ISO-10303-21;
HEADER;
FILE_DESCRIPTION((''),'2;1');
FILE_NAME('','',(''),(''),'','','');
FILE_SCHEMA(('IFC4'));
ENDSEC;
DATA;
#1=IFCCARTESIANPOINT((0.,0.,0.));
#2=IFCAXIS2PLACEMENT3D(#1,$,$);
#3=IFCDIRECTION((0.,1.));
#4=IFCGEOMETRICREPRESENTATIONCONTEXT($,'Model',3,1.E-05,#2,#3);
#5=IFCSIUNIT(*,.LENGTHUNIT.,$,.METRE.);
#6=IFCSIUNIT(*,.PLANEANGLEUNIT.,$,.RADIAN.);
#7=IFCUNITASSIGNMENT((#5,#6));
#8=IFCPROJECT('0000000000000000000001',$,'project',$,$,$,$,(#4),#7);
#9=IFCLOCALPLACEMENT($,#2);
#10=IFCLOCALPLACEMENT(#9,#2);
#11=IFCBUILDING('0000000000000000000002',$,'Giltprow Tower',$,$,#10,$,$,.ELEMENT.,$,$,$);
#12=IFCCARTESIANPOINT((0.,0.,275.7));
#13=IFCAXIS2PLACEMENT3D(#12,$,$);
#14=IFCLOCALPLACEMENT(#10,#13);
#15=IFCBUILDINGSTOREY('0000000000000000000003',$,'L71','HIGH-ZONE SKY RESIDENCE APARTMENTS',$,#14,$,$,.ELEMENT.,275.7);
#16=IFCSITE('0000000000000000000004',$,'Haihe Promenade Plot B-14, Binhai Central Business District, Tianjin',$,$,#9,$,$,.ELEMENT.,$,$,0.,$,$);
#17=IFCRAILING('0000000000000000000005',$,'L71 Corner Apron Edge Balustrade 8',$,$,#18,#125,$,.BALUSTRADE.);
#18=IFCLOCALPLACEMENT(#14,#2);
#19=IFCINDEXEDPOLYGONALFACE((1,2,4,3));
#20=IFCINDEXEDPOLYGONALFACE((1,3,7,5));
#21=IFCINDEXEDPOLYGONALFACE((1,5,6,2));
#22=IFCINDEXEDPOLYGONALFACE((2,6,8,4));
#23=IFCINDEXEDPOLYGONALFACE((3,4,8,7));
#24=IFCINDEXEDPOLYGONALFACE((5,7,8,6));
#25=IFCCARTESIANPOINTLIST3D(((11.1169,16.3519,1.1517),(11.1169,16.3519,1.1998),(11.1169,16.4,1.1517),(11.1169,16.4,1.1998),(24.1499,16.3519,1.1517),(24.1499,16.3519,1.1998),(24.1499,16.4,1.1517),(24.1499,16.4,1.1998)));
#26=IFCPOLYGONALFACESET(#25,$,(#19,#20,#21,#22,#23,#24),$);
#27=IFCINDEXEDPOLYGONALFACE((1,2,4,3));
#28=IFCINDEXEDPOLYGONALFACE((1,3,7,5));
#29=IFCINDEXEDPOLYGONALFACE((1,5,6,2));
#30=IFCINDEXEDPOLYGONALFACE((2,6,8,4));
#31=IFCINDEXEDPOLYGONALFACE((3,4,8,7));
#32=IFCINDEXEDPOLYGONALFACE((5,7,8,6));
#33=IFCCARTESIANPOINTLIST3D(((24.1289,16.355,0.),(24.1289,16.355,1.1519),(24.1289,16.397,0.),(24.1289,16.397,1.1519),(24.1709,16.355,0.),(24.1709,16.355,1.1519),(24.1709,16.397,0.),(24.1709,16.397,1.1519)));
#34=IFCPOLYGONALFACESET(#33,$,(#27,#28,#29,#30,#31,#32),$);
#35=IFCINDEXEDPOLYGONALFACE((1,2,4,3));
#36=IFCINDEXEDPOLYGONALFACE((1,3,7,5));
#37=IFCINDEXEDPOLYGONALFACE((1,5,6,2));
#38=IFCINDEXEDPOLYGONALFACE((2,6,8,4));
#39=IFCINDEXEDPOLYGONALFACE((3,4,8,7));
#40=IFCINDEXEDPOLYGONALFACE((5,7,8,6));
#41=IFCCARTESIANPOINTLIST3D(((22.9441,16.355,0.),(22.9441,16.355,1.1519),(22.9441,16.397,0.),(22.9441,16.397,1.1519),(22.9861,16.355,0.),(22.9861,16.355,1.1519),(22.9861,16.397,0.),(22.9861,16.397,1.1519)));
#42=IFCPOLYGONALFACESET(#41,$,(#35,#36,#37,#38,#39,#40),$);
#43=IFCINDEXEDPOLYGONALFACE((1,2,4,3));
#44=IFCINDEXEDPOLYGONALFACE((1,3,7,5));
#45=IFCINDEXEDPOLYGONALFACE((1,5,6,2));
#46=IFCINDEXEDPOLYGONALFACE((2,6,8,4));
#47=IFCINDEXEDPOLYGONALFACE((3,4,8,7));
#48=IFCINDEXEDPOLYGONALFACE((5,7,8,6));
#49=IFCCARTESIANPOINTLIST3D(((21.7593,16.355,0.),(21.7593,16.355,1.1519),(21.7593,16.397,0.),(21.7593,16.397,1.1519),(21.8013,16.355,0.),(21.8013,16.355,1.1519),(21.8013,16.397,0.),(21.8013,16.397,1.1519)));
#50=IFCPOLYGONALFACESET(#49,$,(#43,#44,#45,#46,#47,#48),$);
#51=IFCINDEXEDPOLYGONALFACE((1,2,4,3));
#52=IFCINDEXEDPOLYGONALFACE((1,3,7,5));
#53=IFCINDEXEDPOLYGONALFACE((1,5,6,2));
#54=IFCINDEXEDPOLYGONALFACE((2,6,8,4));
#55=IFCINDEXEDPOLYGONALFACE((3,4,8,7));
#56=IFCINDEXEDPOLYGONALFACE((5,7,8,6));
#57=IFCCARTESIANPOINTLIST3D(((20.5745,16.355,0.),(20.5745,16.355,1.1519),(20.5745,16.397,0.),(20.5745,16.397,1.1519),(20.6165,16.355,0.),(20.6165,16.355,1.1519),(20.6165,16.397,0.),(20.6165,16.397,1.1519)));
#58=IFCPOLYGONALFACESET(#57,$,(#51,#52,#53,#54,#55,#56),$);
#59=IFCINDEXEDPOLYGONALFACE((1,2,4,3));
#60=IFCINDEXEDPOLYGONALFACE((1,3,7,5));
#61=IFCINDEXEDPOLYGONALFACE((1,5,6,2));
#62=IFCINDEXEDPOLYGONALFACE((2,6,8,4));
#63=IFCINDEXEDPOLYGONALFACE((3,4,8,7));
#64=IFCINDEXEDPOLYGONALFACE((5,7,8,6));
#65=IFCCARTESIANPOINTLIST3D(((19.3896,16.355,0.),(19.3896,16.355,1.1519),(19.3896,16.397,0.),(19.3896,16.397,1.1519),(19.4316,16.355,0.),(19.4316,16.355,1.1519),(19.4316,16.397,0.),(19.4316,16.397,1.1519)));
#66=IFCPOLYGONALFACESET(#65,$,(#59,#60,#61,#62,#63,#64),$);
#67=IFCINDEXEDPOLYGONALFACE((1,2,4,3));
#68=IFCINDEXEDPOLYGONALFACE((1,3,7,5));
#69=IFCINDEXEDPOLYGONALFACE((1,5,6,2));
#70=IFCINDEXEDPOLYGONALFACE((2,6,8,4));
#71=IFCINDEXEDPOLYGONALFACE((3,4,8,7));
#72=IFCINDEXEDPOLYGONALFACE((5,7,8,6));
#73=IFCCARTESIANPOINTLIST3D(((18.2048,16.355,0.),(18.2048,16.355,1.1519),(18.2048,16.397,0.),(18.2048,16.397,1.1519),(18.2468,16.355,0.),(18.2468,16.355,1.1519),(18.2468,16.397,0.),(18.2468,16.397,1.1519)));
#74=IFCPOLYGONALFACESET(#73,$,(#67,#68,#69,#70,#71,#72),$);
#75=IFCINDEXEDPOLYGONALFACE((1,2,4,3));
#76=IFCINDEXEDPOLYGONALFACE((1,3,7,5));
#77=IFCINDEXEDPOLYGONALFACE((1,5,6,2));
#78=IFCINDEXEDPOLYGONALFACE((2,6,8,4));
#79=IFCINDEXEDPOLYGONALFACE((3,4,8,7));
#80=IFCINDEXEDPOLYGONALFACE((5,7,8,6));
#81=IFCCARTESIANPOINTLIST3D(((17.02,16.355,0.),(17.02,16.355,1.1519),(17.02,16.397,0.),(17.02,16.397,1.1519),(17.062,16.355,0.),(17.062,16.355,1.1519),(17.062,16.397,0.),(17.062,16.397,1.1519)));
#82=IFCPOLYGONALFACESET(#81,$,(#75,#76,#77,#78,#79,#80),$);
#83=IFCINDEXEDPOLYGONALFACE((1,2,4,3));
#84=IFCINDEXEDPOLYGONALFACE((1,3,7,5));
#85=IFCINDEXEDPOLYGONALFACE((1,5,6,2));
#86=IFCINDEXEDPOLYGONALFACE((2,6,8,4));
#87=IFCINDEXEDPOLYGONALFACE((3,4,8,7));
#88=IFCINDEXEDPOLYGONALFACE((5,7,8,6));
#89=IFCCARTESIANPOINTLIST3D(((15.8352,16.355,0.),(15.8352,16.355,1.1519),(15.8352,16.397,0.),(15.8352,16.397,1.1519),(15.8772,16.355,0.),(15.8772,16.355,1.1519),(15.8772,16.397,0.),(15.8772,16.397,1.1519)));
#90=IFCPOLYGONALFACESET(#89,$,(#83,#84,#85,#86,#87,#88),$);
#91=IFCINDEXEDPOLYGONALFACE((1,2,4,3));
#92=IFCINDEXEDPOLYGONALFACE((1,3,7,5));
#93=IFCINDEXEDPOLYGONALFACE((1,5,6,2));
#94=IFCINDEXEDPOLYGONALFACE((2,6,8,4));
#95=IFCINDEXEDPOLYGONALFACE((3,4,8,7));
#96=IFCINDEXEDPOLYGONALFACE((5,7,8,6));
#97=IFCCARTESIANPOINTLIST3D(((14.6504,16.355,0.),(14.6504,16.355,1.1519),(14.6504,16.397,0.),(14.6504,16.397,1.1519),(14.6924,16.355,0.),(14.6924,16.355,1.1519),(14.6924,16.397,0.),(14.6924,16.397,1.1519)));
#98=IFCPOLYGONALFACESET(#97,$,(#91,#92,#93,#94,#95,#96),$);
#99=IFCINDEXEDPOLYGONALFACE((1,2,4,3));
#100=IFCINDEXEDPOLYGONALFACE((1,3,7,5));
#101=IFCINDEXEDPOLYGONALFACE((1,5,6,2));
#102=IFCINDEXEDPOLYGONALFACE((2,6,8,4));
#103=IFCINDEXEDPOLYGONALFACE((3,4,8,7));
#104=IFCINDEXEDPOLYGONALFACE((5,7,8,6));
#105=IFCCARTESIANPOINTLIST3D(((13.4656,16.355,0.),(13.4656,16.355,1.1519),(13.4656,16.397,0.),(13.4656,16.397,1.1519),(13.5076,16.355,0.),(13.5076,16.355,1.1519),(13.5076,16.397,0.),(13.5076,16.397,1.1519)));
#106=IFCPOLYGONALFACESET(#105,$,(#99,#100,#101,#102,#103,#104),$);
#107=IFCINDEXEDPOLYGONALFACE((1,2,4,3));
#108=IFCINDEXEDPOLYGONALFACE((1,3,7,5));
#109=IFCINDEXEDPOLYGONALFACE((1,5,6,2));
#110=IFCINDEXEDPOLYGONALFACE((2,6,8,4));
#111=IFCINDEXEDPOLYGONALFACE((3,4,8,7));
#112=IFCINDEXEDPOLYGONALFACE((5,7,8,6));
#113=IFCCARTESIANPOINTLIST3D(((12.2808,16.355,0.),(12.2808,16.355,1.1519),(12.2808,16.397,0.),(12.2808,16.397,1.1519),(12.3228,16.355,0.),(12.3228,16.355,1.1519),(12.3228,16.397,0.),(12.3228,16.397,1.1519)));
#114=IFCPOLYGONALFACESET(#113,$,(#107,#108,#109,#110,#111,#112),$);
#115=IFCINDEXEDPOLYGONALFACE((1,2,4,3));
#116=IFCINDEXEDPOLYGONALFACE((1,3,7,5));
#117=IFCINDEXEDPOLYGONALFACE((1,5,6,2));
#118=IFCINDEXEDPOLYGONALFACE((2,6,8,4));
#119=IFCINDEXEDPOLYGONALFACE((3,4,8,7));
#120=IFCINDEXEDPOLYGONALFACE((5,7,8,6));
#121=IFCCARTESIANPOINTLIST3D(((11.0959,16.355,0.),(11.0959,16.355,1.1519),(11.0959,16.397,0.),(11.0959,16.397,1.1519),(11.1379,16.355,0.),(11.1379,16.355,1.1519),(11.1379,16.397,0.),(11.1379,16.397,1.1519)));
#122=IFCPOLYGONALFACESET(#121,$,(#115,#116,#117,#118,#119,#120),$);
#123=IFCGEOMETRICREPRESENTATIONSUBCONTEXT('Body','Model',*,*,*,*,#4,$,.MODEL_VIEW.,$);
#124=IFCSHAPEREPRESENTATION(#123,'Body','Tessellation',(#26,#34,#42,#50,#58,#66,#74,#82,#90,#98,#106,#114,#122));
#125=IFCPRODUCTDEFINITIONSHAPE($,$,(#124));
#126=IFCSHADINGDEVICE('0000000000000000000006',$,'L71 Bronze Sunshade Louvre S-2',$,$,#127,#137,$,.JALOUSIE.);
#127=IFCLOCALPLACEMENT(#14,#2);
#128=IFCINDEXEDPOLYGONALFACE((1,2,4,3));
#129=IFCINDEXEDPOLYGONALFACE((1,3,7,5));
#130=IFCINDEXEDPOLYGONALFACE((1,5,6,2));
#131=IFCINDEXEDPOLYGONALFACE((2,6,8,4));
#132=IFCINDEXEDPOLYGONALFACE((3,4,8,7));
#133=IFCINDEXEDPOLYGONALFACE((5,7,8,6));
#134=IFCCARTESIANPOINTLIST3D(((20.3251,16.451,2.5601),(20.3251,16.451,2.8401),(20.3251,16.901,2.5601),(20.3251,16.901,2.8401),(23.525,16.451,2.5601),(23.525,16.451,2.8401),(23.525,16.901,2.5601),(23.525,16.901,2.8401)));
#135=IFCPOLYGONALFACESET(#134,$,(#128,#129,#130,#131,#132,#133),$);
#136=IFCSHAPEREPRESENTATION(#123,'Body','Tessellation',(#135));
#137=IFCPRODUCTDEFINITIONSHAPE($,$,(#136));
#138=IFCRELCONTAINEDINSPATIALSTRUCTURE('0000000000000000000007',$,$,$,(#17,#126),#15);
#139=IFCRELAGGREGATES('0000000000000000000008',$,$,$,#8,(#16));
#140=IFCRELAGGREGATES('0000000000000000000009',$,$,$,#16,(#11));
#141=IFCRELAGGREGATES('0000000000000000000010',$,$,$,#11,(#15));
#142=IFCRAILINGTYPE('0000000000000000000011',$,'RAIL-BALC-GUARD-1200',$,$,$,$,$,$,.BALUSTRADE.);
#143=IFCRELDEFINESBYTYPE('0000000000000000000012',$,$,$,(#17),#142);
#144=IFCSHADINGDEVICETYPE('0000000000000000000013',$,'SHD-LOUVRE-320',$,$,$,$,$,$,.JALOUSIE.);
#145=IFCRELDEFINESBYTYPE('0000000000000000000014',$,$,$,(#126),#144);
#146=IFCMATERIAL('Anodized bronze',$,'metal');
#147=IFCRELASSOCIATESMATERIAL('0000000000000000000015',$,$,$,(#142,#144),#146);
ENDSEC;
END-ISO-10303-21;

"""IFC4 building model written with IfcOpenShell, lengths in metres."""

from ifc_helpers import new_model, si_unit, direction, frame, origin, origin_2d, place, context, subcontext, project, spatial, rectangle, extrude, source, transform, mapped, material, type_object, element, save


model = new_model("IFC4")

# Units and contexts
model_context = context("Model", 3, precision=1e-05, world=origin(), true_north=direction((0.0, 1.0)))
body_context = subcontext(model_context, "Body", "Model", "MODEL_VIEW")
ifc_project = project(units=[si_unit("LENGTHUNIT", "METRE"), si_unit("PLANEANGLEUNIT", "RADIAN")], contexts=[model_context])

# Site, building, storey
site_placement = place(None, origin())
site = spatial("IfcSite", under=ifc_project, at=site_placement, Name="Haihe Promenade Plot B-14, Binhai Central Business District, Tianjin", CompositionType="ELEMENT", RefElevation=0.0)
building_placement = place(site_placement, origin())
building = spatial("IfcBuilding", under=site, at=building_placement, Name="Giltprow Tower", CompositionType="ELEMENT")
storey_placement = place(building_placement, frame((0.0, 0.0, 275.7)))
storey = spatial("IfcBuildingStorey", under=building, at=storey_placement, Name="L71", Description="HIGH-ZONE SKY RESIDENCE APARTMENTS", CompositionType="ELEMENT", Elevation=275.7)

# Railing
ifc_material_1 = material(Name="Anodized bronze", Category="metal")
railing_type = type_object("IfcRailingType", Name="RAIL-BALC-GUARD-1200", PredefinedType="BALUSTRADE", material=ifc_material_1)
railing_1_placement = place(storey_placement, frame((24.1499, 16.376, 0.0)))
element("IfcRailing", 1, at=railing_1_placement, inside=storey, type_object=railing_type, Name="L71 Corner Apron Edge Balustrade 8", PredefinedType="BALUSTRADE", context=body_context, shape_type="SweptSolid", body=[
    extrude(rectangle(XDim=0.0481, YDim=0.0481, at=origin_2d()), frame((0.0, 0.0, 1.1758), z_axis=(-1.0, 0.0, 0.0), x_axis=(0.0, -1.0, 0.0)), (0.0, 0.0, 1.0), 13.033),
    extrude(rectangle(XDim=0.042, YDim=0.042, at=origin_2d()), origin(), (0.0, 0.0, 1.0), 1.1519),
    extrude(rectangle(XDim=0.042, YDim=0.042, at=origin_2d()), frame((-1.1848, 0.0, 0.0)), (0.0, 0.0, 1.0), 1.1519),
    extrude(rectangle(XDim=0.042, YDim=0.042, at=origin_2d()), frame((-2.3696, 0.0, 0.0)), (0.0, 0.0, 1.0), 1.1519),
    extrude(rectangle(XDim=0.042, YDim=0.042, at=origin_2d()), frame((-3.5544, 0.0, 0.0)), (0.0, 0.0, 1.0), 1.1519),
    extrude(rectangle(XDim=0.042, YDim=0.042, at=origin_2d()), frame((-4.7393, 0.0, 0.0)), (0.0, 0.0, 1.0), 1.1519),
    extrude(rectangle(XDim=0.042, YDim=0.042, at=origin_2d()), frame((-5.9241, 0.0, 0.0)), (0.0, 0.0, 1.0), 1.1519),
    extrude(rectangle(XDim=0.042, YDim=0.042, at=origin_2d()), frame((-7.1089, 0.0, 0.0)), (0.0, 0.0, 1.0), 1.1519),
    extrude(rectangle(XDim=0.042, YDim=0.042, at=origin_2d()), frame((-8.2937, 0.0, 0.0)), (0.0, 0.0, 1.0), 1.1519),
    extrude(rectangle(XDim=0.042, YDim=0.042, at=origin_2d()), frame((-9.4785, 0.0, 0.0)), (0.0, 0.0, 1.0), 1.1519),
    extrude(rectangle(XDim=0.042, YDim=0.042, at=origin_2d()), frame((-10.6633, 0.0, 0.0)), (0.0, 0.0, 1.0), 1.1519),
    extrude(rectangle(XDim=0.042, YDim=0.042, at=origin_2d()), frame((-11.8481, 0.0, 0.0)), (0.0, 0.0, 1.0), 1.1519),
    extrude(rectangle(XDim=0.042, YDim=0.042, at=origin_2d()), frame((-13.033, 0.0, 0.0)), (0.0, 0.0, 1.0), 1.1519),
])

# Shading device
shading_device_type = type_object("IfcShadingDeviceType", Name="SHD-LOUVRE-320", PredefinedType="JALOUSIE", material=ifc_material_1)
shared_shape_1 = source(origin(), body_context, "Body", "SweptSolid", [
    extrude(rectangle(XDim=3.2, YDim=0.45, at=origin_2d()), origin(), (0.0, 0.0, 1.0), 0.28),
])
shading_device_placement = place(storey_placement, frame((21.925, 16.676, 2.5601), z_axis=(0.0, 0.0, 1.0), x_axis=(1.0, 0.0, 0.0)))
element("IfcShadingDevice", 2, at=shading_device_placement, inside=storey, type_object=shading_device_type, Name="L71 Bronze Sunshade Louvre S-2", PredefinedType="JALOUSIE", context=body_context, shape_type="MappedRepresentation", body=[
    mapped(shared_shape_1, transform((0.0, 0.0, 0.0), x_axis=(1.0, 0.0, 0.0), y_axis=(0.0, 1.0, 0.0), z_axis=(0.0, 0.0, 1.0), scale=1.0)),
])

save(model, "model.ifc")
